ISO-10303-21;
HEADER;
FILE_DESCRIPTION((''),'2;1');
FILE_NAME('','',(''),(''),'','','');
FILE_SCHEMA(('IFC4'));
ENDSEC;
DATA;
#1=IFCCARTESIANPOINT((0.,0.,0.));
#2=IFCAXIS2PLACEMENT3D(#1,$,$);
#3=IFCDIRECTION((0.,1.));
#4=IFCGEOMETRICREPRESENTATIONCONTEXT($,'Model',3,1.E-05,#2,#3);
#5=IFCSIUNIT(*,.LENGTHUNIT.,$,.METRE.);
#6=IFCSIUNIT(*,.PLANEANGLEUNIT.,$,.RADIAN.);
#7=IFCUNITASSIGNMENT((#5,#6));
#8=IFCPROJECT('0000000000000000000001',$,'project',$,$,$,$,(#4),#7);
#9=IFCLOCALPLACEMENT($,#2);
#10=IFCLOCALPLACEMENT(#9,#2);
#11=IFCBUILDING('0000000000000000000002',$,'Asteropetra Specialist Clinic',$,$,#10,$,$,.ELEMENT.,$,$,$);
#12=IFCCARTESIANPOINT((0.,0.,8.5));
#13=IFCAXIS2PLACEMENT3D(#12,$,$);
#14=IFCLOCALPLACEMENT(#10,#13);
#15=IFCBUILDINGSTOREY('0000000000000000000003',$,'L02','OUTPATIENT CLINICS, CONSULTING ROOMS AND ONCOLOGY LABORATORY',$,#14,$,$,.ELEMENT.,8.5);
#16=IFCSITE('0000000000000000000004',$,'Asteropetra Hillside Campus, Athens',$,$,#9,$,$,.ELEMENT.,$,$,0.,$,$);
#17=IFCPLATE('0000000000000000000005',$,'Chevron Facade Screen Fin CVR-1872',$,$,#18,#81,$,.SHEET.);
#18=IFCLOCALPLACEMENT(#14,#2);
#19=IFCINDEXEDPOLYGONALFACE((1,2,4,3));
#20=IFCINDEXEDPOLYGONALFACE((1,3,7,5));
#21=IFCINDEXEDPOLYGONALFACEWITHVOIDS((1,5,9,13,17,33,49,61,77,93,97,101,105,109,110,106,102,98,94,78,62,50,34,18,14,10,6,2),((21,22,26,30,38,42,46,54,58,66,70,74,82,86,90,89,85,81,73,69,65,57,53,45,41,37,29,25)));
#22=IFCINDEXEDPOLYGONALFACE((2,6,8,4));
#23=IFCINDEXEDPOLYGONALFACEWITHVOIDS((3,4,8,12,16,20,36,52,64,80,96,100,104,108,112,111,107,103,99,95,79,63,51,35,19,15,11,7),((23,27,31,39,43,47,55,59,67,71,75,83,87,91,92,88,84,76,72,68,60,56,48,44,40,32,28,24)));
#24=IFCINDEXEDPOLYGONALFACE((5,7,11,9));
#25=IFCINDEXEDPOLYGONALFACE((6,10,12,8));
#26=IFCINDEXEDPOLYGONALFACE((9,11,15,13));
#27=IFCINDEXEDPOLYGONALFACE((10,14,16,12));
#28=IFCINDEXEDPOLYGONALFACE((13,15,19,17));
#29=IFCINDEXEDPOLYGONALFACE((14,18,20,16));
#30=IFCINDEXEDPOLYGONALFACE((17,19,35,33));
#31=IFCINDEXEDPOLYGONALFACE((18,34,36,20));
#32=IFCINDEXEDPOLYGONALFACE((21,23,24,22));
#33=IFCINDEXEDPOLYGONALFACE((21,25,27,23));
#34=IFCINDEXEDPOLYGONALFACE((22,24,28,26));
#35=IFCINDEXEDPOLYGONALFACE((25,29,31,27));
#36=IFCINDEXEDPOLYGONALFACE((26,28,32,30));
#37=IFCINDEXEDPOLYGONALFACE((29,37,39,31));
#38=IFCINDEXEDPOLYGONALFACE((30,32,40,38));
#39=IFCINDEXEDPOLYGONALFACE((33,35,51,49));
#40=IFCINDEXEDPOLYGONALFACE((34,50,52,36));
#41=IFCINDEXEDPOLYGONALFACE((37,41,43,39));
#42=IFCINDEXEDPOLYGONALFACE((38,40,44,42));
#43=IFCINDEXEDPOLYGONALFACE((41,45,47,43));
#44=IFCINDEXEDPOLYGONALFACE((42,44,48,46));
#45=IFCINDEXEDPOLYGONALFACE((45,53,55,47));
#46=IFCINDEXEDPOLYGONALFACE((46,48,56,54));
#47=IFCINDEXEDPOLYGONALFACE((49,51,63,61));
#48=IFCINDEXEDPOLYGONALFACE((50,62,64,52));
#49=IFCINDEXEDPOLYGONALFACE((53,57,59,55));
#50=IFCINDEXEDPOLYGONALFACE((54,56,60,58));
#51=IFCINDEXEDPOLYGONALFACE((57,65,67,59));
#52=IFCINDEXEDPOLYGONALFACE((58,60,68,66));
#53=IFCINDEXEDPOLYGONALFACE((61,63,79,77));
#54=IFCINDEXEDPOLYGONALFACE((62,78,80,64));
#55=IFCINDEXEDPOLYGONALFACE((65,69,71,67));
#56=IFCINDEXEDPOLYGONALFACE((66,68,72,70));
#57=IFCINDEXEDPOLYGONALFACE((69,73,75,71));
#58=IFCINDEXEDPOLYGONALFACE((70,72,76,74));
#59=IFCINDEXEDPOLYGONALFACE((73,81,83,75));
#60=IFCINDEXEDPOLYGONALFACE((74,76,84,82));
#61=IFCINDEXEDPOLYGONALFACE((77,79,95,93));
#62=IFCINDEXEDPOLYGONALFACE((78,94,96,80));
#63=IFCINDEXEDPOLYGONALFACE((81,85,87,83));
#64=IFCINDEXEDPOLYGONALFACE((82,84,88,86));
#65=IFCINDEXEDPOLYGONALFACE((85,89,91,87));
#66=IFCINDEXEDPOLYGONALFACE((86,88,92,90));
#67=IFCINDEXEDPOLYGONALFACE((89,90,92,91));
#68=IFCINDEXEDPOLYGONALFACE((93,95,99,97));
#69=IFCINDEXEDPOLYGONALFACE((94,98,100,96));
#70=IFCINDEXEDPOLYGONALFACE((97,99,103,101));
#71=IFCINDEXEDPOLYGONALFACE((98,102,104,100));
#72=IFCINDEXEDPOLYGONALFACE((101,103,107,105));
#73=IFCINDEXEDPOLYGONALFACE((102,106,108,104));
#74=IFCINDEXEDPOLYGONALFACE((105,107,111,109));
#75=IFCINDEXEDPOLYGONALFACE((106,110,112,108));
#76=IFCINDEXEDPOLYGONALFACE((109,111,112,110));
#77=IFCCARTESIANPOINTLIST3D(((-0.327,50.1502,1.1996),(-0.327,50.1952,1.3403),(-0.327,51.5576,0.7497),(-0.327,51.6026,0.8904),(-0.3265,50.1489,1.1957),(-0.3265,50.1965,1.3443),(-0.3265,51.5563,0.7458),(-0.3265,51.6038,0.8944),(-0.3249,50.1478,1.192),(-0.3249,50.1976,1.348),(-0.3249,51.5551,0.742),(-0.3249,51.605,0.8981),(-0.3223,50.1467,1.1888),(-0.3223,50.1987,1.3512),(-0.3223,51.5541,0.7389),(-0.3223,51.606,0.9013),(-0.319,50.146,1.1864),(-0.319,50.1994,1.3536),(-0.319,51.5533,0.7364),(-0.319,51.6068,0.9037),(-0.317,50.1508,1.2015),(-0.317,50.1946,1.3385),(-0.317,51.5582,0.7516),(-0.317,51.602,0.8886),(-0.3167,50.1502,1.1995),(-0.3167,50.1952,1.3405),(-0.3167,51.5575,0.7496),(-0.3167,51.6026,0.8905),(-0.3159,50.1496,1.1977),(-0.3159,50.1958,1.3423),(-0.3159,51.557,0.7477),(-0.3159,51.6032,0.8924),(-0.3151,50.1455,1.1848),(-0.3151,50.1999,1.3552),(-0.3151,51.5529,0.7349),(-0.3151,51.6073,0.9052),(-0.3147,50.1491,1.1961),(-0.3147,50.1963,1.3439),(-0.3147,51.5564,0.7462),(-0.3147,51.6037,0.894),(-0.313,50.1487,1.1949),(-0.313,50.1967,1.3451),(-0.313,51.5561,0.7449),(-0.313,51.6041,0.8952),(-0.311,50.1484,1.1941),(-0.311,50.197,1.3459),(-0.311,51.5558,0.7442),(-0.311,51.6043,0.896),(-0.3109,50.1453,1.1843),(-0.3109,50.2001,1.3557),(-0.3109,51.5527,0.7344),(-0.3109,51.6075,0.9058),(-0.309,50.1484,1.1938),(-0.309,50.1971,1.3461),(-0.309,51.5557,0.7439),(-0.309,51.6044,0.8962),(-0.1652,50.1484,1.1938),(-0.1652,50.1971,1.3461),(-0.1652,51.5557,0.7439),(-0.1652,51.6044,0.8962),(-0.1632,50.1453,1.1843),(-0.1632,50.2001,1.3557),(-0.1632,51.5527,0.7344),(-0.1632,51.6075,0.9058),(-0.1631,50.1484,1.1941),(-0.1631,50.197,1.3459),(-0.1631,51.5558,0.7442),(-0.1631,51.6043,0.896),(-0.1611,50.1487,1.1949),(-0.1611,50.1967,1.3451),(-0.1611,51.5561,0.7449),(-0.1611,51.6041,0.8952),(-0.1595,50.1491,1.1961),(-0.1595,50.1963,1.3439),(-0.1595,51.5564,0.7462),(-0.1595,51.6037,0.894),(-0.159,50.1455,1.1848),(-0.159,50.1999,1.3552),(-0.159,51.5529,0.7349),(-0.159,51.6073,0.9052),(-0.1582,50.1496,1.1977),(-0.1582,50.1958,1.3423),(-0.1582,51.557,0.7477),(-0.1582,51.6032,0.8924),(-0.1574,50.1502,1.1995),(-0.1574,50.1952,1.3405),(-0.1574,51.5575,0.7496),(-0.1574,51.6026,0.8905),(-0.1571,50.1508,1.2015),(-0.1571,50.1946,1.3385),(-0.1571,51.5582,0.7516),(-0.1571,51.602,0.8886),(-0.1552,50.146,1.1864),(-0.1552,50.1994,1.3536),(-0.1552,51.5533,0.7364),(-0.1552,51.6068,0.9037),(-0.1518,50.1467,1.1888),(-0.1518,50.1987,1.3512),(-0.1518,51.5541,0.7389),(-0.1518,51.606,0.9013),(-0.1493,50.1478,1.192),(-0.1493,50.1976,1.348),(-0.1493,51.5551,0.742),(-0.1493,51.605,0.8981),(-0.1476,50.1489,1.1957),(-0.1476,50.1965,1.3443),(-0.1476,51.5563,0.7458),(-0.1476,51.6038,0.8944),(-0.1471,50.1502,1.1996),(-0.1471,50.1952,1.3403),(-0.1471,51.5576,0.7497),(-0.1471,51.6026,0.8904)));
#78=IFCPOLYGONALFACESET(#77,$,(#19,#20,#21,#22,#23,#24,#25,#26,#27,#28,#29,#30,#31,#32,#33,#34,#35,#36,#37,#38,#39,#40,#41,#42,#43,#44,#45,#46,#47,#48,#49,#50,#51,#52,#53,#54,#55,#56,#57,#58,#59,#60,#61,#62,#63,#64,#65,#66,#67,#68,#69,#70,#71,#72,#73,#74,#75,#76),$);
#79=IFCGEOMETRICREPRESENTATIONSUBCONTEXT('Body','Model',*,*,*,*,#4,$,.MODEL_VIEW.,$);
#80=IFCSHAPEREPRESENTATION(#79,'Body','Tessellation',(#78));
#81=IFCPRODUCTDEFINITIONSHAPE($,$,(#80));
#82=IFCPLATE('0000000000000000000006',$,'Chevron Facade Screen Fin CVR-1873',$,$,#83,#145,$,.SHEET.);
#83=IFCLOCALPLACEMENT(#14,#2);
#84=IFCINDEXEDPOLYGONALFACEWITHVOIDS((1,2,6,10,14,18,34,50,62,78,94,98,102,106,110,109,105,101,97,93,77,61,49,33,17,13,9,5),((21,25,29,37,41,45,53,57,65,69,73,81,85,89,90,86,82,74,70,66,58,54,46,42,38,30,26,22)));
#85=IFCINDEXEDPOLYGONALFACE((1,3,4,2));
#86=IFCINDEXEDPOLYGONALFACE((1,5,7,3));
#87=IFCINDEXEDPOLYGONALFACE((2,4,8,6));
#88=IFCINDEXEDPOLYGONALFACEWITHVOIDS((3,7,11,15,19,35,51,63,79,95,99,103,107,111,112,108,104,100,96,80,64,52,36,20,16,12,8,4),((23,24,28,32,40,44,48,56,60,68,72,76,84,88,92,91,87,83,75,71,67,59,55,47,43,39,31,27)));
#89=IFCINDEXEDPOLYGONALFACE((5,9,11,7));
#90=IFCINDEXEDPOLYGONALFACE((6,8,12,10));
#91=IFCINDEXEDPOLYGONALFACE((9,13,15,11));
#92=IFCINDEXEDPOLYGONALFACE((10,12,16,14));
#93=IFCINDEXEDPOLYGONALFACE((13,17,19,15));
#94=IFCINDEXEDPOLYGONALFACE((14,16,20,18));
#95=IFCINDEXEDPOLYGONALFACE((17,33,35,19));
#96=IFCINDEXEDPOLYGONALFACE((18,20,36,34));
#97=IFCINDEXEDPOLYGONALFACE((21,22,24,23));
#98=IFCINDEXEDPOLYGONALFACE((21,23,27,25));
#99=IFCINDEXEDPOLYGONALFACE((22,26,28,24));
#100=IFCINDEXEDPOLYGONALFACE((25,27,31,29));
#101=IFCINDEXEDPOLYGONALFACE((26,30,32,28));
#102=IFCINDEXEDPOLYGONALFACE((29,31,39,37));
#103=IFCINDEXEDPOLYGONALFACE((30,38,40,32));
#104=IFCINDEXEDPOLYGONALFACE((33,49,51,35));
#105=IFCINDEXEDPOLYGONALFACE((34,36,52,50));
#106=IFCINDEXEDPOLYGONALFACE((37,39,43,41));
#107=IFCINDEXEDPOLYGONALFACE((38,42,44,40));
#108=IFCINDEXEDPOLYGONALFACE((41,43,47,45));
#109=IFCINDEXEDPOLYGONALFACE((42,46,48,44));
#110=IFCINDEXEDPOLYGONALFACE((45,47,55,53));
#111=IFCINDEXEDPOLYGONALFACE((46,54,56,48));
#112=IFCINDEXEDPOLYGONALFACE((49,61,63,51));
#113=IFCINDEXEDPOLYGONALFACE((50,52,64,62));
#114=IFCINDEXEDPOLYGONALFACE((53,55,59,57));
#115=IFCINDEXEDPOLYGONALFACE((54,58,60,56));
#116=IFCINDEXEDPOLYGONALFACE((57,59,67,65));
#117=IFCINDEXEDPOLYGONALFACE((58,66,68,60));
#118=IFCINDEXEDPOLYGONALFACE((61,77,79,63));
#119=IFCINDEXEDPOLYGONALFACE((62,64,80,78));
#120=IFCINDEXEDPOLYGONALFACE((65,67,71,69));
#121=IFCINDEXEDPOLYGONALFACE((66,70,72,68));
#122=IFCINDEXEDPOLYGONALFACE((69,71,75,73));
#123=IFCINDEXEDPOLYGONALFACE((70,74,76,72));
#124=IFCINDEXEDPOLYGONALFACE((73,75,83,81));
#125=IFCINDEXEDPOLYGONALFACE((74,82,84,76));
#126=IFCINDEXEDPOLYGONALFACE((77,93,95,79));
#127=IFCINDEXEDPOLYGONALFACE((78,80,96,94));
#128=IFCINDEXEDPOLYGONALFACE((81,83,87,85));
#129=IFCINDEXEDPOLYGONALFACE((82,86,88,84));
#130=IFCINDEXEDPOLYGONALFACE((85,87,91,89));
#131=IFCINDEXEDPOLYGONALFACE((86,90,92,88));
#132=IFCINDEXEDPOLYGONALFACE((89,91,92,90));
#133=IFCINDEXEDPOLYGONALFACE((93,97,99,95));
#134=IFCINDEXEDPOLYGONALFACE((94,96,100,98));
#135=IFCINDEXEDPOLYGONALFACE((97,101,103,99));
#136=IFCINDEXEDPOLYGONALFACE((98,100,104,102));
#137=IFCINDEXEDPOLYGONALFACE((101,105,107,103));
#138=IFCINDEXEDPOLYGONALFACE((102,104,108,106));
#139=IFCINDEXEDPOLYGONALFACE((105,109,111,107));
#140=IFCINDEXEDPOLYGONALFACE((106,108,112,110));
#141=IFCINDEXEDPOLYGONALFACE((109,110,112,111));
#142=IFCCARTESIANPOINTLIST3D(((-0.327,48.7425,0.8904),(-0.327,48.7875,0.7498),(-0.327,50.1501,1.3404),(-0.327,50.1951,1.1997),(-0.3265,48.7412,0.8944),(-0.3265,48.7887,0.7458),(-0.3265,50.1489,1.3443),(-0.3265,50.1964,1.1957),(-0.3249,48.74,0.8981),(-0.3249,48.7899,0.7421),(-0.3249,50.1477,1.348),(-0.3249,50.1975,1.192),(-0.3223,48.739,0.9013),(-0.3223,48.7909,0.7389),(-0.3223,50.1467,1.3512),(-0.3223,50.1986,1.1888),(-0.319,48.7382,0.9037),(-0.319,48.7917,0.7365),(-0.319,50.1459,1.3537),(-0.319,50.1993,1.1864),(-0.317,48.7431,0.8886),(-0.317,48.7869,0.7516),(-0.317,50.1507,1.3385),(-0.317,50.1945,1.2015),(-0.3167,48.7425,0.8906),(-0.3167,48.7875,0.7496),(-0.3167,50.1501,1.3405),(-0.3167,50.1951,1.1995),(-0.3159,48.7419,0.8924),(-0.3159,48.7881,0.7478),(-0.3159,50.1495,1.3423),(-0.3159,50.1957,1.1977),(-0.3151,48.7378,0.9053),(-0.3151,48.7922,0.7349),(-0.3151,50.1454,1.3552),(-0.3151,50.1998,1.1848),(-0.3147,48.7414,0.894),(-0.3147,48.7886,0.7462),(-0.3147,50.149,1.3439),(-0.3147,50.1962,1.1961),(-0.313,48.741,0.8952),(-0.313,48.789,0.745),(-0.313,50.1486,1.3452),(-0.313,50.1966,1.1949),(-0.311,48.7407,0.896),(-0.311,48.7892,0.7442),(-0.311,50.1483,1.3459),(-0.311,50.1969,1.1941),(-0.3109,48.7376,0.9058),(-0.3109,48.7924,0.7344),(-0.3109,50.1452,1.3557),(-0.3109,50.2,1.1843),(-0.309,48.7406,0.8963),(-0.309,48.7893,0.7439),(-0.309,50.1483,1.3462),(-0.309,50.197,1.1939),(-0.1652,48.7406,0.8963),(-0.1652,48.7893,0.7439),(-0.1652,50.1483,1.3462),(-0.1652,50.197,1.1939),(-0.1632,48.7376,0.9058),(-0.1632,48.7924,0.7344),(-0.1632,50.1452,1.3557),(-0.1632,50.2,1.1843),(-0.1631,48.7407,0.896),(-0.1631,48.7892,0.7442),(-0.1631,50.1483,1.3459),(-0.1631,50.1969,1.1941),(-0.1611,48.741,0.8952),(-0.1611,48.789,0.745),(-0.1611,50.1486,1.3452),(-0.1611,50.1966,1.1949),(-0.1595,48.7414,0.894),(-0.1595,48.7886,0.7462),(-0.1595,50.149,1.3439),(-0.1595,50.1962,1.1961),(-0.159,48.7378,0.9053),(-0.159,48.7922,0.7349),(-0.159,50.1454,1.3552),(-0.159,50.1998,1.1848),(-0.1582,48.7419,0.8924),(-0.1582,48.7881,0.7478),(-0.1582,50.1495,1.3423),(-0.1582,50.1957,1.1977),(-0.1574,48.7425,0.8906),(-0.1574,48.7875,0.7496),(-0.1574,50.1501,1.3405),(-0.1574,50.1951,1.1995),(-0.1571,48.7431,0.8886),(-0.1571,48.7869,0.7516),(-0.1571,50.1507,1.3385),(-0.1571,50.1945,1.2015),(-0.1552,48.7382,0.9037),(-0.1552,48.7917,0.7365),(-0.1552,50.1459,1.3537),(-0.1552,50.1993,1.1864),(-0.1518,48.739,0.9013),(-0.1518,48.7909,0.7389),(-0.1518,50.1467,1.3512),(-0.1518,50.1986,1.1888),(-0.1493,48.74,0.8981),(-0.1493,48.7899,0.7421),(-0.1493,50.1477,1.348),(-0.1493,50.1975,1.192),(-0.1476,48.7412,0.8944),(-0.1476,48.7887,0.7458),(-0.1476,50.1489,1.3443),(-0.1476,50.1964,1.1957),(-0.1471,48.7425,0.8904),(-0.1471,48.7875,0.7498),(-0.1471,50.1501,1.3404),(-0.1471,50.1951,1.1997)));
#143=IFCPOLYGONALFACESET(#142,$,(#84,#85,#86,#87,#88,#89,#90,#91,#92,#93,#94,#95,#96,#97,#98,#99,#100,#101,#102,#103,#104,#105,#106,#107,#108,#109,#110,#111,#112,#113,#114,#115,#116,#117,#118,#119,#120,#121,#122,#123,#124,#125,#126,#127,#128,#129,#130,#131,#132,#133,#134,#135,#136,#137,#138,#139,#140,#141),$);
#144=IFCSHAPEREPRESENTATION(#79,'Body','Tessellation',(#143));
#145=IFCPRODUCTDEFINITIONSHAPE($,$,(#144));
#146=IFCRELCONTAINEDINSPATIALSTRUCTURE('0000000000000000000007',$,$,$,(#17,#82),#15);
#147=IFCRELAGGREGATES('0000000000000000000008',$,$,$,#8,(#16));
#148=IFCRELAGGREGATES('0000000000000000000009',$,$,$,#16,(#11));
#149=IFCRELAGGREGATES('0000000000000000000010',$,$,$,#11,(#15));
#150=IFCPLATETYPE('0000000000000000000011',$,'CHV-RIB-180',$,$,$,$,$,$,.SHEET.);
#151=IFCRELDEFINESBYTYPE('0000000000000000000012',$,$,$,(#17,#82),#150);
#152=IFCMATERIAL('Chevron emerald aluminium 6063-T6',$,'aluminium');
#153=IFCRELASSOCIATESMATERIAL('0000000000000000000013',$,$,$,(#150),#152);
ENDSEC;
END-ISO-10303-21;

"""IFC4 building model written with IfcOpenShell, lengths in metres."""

from ifc_helpers import new_model, si_unit, direction, frame, origin, origin_2d, place, context, subcontext, project, spatial, hollow_rectangle, extrude, material, material_profile, profile_set, type_object, element, save


model = new_model("IFC4")

# Units and contexts
model_context = context("Model", 3, precision=1e-05, world=origin(), true_north=direction((0.0, 1.0)))
body_context = subcontext(model_context, "Body", "Model", "MODEL_VIEW")
ifc_project = project(units=[si_unit("LENGTHUNIT", "METRE"), si_unit("PLANEANGLEUNIT", "RADIAN")], contexts=[model_context])

# Site, building, storey
site_placement = place(None, origin())
site = spatial("IfcSite", under=ifc_project, at=site_placement, Name="Asteropetra Hillside Campus, Athens", CompositionType="ELEMENT", RefElevation=0.0)
building_placement = place(site_placement, origin())
building = spatial("IfcBuilding", under=site, at=building_placement, Name="Asteropetra Specialist Clinic", CompositionType="ELEMENT")
storey_placement = place(building_placement, frame((0.0, 0.0, 8.5)))
storey = spatial("IfcBuildingStorey", under=building, at=storey_placement, Name="L02", Description="OUTPATIENT CLINICS, CONSULTING ROOMS AND ONCOLOGY LABORATORY", CompositionType="ELEMENT", Elevation=8.5)

# Plates
ifc_material = material(Name="Chevron emerald aluminium 6063-T6", Category="aluminium")
ifc_material_profile = material_profile(ifc_material, hollow_rectangle(XDim=0.1799, YDim=0.1799, WallThickness=0.01, InnerFilletRadius=0.0081, OuterFilletRadius=0.0161, at=origin_2d()), Name="SHS 180x180x10.0")
ifc_profile_set = profile_set([ifc_material_profile], Name="Chevron emerald aluminium 6063-T6")
plate_type = type_object("IfcPlateType", Name="CHV-RIB-180", PredefinedType="SHEET", material=ifc_profile_set)
plate_1_placement = place(storey_placement, frame((-0.2371, 51.5801, 0.8201), z_axis=(0.0, -0.95251, 0.304506), x_axis=(1.0, 0.0, 0.0)))
element("IfcPlate", 1, at=plate_1_placement, inside=storey, type_object=plate_type, Name="Chevron Facade Screen Fin CVR-1872", PredefinedType="SHEET", context=body_context, shape_type="SweptSolid", body=[
    extrude(hollow_rectangle(XDim=0.1799, YDim=0.1799, WallThickness=0.01, InnerFilletRadius=0.0081, OuterFilletRadius=0.0161, at=origin_2d()), origin(), (0.0, 0.0, 1.0), 1.4775),
])
plate_2_placement = place(storey_placement, frame((-0.2371, 50.1726, 1.27), z_axis=(0.0, -0.952526, -0.304458), x_axis=(1.0, 0.0, 0.0)))
element("IfcPlate", 2, at=plate_2_placement, inside=storey, type_object=plate_type, Name="Chevron Facade Screen Fin CVR-1873", PredefinedType="SHEET", context=body_context, shape_type="SweptSolid", body=[
    extrude(hollow_rectangle(XDim=0.1799, YDim=0.1799, WallThickness=0.01, InnerFilletRadius=0.0081, OuterFilletRadius=0.0161, at=origin_2d()), origin(), (0.0, 0.0, 1.0), 1.4778),
])

save(model, "model.ifc")
